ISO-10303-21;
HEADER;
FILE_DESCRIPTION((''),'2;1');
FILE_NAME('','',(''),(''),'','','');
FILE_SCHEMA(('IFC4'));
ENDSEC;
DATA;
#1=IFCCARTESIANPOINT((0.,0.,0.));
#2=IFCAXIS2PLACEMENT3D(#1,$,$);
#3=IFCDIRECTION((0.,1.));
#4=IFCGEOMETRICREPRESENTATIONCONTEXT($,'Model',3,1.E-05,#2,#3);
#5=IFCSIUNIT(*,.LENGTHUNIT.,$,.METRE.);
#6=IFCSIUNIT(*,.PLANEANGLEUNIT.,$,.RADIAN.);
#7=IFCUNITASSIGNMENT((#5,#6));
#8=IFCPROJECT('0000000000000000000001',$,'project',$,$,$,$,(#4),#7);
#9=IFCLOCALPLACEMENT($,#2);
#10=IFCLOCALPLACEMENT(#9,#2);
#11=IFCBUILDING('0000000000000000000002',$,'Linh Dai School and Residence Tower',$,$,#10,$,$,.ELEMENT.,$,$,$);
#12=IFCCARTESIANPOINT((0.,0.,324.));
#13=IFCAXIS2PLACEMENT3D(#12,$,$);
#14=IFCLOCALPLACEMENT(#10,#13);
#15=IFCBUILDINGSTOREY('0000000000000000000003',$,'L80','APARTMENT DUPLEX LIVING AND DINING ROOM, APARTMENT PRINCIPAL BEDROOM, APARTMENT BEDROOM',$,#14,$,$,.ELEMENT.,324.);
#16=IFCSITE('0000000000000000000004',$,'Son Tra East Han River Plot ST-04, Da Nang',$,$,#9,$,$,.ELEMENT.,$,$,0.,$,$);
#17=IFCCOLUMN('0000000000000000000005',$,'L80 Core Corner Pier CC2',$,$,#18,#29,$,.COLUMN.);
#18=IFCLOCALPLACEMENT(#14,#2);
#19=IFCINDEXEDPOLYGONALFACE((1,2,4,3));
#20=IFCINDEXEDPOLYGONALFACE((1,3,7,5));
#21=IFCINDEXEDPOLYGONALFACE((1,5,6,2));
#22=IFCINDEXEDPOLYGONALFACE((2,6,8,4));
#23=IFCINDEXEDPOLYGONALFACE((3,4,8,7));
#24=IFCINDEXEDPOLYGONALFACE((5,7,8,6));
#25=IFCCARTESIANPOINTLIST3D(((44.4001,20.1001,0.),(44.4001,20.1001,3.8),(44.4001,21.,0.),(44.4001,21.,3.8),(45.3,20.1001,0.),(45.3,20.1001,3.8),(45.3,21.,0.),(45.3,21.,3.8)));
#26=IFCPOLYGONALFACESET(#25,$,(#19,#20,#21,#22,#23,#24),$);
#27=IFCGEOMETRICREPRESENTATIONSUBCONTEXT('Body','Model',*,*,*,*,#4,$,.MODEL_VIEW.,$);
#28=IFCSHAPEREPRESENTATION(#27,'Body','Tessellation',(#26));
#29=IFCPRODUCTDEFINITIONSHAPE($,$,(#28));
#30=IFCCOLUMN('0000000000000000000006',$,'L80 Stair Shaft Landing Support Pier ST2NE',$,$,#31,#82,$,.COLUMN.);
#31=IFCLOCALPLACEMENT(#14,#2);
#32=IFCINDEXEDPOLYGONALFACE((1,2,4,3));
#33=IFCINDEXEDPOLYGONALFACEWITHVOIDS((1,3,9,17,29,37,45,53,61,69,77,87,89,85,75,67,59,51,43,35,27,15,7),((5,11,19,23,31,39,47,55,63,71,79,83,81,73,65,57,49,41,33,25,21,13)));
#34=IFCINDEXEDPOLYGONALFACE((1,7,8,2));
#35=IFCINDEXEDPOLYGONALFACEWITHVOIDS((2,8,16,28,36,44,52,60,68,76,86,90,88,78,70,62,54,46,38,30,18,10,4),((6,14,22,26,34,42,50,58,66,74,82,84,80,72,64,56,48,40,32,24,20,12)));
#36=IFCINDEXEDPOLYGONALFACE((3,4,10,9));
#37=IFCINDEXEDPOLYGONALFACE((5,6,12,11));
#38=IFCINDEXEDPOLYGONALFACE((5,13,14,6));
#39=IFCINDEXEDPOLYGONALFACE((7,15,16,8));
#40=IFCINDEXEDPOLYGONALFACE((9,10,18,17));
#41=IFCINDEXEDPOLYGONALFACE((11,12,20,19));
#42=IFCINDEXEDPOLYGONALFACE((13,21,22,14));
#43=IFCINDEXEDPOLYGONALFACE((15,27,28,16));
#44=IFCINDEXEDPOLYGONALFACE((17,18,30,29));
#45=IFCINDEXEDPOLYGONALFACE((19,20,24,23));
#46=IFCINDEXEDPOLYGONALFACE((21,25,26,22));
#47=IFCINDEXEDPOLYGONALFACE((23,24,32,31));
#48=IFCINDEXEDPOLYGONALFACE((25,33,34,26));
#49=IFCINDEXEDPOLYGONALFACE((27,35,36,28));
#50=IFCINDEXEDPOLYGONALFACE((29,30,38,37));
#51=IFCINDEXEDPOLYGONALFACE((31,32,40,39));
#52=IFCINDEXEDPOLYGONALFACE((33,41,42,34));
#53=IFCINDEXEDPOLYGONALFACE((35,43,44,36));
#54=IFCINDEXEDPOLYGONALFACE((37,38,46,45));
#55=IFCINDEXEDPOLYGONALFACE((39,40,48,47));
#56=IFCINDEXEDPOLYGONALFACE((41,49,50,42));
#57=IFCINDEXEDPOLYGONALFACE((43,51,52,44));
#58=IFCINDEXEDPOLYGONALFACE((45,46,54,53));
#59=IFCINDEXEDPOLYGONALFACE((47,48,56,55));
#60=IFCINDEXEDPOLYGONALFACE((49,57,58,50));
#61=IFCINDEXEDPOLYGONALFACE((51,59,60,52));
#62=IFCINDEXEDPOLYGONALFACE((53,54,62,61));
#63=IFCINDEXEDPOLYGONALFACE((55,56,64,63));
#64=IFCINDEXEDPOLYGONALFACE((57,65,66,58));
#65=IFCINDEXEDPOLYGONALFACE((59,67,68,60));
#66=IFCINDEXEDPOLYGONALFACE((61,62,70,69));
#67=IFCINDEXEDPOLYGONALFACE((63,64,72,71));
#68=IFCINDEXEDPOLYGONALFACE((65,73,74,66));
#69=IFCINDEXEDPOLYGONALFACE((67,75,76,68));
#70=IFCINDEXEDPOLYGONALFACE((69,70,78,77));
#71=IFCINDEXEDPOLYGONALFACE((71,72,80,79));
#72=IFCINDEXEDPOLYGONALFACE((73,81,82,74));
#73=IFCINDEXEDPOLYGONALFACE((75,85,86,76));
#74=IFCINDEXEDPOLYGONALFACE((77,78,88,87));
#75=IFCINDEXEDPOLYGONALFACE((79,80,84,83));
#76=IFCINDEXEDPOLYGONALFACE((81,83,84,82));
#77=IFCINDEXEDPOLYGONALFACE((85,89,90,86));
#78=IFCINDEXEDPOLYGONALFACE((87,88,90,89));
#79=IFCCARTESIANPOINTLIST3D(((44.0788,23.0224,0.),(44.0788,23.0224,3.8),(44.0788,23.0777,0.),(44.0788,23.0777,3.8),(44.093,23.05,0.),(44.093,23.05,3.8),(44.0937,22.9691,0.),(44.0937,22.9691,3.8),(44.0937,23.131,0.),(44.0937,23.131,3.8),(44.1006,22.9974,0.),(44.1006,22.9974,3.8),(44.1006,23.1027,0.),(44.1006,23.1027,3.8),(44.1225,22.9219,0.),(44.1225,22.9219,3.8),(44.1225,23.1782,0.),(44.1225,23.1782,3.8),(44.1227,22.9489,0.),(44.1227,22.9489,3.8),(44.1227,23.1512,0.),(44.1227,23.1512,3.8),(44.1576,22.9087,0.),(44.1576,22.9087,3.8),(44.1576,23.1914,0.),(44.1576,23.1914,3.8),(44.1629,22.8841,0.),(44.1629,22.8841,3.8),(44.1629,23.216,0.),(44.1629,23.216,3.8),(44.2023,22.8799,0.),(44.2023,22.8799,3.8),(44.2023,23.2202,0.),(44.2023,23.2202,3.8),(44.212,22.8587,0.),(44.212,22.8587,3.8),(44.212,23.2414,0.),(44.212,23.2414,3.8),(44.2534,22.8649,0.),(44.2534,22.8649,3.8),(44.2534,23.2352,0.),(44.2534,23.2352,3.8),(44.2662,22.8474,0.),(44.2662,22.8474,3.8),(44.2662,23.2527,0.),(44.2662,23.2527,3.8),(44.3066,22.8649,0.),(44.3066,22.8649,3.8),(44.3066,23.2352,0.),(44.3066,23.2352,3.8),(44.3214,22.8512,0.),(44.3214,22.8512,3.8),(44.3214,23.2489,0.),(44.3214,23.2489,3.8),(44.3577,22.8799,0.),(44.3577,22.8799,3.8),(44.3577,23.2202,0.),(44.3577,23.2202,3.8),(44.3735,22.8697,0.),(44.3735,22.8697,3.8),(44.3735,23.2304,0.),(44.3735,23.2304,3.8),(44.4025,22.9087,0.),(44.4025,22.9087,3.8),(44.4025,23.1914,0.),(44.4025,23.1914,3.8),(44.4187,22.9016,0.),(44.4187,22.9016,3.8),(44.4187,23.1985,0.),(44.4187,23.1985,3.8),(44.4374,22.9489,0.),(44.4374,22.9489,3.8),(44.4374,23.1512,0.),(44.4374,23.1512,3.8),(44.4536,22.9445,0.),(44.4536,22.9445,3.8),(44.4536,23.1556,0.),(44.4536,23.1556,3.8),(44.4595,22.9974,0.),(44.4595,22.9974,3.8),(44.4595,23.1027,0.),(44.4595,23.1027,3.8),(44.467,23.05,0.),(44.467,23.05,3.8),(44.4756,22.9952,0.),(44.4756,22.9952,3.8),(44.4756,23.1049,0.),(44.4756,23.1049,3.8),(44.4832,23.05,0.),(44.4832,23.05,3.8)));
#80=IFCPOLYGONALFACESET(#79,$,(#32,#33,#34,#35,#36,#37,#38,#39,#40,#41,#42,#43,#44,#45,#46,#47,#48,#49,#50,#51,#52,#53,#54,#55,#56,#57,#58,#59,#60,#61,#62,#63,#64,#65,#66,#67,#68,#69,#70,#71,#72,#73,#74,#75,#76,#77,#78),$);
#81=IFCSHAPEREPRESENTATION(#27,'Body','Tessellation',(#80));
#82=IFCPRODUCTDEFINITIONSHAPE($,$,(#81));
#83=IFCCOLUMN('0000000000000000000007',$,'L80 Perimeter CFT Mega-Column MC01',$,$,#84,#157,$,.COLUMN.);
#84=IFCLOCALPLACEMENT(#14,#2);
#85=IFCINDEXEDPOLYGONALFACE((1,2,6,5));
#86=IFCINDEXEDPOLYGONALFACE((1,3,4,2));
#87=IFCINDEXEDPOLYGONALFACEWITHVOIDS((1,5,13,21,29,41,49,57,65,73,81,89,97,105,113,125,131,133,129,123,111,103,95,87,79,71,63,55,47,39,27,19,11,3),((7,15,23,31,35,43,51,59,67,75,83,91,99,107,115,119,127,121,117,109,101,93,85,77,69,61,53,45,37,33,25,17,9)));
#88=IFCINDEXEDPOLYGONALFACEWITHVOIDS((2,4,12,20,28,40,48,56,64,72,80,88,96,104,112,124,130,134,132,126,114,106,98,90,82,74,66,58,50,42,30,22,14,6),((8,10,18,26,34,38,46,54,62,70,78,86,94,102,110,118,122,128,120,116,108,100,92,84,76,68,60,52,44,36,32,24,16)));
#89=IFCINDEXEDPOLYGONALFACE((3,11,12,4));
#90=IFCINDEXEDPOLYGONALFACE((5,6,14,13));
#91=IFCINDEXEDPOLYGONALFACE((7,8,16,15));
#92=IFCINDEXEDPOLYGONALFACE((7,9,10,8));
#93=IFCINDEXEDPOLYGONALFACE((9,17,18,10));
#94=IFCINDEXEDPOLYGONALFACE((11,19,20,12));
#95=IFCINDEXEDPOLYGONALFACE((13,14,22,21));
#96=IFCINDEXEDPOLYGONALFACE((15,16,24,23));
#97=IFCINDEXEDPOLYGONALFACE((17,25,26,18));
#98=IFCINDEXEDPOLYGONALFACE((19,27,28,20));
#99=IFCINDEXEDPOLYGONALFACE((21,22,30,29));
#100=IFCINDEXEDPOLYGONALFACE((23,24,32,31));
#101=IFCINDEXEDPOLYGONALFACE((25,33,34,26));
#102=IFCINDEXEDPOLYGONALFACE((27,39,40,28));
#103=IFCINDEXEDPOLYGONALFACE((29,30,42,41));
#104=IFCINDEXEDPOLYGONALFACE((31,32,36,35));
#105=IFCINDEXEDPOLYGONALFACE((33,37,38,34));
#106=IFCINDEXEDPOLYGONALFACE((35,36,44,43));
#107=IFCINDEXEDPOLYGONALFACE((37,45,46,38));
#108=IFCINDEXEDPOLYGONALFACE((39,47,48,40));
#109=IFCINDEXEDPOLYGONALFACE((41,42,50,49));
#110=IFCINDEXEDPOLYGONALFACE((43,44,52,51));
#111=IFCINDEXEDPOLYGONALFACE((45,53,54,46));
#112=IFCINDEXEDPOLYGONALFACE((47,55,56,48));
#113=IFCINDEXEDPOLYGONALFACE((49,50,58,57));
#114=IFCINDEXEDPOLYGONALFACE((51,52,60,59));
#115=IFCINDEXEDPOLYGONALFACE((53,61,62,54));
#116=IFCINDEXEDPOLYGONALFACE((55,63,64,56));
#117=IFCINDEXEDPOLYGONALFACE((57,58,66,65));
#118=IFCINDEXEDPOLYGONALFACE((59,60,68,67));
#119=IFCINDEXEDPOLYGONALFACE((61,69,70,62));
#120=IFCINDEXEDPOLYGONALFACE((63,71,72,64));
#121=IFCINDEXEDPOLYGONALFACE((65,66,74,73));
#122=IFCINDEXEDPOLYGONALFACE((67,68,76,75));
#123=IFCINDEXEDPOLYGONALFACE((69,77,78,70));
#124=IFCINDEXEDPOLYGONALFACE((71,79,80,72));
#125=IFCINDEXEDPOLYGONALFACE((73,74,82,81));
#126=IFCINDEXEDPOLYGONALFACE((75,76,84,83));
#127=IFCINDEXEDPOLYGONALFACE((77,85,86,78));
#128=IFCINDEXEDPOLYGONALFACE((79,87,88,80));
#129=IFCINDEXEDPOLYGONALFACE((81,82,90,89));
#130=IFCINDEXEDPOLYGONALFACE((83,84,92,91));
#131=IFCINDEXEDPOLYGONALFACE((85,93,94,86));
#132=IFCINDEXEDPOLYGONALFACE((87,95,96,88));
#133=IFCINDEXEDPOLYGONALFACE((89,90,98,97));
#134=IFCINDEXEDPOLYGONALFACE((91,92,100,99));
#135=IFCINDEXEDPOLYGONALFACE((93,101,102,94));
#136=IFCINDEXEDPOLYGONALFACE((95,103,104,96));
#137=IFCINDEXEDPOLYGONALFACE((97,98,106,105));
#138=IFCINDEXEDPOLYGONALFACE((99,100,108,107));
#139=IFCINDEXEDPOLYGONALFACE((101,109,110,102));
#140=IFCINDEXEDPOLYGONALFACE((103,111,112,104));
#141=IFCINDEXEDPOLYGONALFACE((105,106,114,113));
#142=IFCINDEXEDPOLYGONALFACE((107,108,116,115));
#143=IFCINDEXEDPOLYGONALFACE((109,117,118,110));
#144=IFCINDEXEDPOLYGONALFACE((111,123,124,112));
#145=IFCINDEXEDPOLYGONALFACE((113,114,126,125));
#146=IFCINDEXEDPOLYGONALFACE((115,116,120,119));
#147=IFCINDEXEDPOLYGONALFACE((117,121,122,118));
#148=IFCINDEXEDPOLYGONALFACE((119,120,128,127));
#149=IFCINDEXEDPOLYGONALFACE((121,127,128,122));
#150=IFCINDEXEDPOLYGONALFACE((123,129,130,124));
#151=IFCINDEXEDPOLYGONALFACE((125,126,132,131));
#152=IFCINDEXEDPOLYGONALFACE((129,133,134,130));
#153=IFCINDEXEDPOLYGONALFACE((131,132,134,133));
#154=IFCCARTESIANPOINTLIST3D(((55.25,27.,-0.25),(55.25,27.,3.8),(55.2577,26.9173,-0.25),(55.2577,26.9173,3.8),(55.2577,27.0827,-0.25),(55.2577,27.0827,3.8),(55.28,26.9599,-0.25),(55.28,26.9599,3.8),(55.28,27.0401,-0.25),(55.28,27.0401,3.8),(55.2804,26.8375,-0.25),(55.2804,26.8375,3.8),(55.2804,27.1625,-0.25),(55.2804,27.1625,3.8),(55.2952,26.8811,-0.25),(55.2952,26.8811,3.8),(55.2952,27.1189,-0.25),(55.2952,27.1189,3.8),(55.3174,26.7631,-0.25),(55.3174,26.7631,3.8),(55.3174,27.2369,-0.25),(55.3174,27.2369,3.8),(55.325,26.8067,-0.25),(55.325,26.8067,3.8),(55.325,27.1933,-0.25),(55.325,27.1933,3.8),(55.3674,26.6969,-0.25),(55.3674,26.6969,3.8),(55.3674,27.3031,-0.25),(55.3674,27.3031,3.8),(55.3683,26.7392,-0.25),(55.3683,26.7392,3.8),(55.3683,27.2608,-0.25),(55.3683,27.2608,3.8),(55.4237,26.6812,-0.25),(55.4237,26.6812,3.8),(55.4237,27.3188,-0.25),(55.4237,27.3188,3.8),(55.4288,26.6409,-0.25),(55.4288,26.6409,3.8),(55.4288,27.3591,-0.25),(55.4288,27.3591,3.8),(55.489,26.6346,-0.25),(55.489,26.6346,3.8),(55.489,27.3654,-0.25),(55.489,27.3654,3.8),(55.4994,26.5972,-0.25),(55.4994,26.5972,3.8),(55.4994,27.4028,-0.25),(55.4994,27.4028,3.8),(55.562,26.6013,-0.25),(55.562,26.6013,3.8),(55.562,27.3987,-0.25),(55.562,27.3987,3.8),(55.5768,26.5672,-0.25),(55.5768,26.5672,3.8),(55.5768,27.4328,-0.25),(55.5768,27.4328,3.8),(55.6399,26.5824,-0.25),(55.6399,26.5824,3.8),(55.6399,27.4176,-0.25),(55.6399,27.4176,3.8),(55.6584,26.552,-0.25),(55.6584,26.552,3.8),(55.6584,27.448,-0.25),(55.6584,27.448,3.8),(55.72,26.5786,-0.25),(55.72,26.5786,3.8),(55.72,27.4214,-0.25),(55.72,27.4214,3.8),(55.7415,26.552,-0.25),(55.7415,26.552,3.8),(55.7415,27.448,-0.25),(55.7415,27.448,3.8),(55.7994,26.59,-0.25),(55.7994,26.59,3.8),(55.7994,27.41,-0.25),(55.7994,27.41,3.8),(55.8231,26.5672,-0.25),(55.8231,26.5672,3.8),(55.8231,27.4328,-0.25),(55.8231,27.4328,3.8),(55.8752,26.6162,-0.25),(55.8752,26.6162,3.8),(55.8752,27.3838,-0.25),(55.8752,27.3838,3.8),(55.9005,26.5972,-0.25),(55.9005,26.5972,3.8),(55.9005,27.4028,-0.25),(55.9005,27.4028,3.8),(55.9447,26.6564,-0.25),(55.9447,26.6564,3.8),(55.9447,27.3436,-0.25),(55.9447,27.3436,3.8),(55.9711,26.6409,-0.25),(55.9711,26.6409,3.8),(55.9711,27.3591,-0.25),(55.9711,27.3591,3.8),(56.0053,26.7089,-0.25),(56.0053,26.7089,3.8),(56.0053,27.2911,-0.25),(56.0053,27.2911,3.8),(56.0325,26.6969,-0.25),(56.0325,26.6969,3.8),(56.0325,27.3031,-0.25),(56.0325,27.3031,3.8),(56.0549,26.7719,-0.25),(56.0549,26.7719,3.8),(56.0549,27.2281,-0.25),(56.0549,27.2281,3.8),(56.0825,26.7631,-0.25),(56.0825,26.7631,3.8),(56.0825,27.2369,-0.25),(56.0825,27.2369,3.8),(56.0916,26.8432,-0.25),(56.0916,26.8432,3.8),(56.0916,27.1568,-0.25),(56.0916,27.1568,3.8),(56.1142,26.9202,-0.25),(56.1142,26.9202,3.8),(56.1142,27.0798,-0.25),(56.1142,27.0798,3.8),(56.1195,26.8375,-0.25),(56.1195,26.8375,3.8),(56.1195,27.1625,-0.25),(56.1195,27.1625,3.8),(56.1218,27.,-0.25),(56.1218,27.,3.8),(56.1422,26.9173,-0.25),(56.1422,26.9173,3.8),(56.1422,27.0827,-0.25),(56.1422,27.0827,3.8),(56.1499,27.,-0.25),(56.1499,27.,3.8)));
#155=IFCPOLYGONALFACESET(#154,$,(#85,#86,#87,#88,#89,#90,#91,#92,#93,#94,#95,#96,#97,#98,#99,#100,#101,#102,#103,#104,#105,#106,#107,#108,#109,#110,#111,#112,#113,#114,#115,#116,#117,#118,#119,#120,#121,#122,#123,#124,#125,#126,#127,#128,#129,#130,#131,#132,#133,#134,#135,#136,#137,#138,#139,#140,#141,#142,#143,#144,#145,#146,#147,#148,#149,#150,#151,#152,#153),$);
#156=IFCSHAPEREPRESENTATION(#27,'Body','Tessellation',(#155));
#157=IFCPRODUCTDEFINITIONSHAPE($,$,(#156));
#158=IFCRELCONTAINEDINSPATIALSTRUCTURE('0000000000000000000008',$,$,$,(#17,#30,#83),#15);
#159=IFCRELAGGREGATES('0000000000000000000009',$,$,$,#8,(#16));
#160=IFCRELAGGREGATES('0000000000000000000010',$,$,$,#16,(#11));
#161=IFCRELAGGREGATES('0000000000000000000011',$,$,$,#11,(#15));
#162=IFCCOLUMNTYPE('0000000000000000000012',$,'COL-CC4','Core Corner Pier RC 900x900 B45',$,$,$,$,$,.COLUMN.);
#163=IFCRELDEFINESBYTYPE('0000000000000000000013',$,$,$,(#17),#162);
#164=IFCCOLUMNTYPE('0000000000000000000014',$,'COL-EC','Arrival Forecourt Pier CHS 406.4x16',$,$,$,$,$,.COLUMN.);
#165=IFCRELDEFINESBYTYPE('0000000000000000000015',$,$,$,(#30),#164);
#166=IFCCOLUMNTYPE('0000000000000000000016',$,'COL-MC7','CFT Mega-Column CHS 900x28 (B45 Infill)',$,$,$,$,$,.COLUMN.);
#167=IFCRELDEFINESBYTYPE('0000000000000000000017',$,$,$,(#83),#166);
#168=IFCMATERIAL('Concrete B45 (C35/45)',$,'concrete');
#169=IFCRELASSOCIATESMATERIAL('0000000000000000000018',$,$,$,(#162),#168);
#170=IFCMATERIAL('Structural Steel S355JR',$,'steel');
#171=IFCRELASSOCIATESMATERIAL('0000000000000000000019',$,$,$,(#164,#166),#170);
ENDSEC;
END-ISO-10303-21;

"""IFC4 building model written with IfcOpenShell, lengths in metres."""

from ifc_helpers import new_model, si_unit, direction, frame, origin, origin_2d, place, context, subcontext, project, spatial, rectangle, hollow_circle, extrude, material, material_profile, profile_set, type_object, element, save


model = new_model("IFC4")

# Units and contexts
model_context = context("Model", 3, precision=1e-05, world=origin(), true_north=direction((0.0, 1.0)))
body_context = subcontext(model_context, "Body", "Model", "MODEL_VIEW")
ifc_project = project(units=[si_unit("LENGTHUNIT", "METRE"), si_unit("PLANEANGLEUNIT", "RADIAN")], contexts=[model_context])

# Site, building, storey
site_placement = place(None, origin())
site = spatial("IfcSite", under=ifc_project, at=site_placement, Name="Son Tra East Han River Plot ST-04, Da Nang", CompositionType="ELEMENT", RefElevation=0.0)
building_placement = place(site_placement, origin())
building = spatial("IfcBuilding", under=site, at=building_placement, Name="Linh Dai School and Residence Tower", CompositionType="ELEMENT")
storey_placement = place(building_placement, frame((0.0, 0.0, 324.0)))
storey = spatial("IfcBuildingStorey", under=building, at=storey_placement, Name="L80", Description="APARTMENT DUPLEX LIVING AND DINING ROOM, APARTMENT PRINCIPAL BEDROOM, APARTMENT BEDROOM", CompositionType="ELEMENT", Elevation=324.0)

# Columns
ifc_material_1 = material(Name="Concrete B45 (C35/45)", Category="concrete")
ifc_material_profile_1 = material_profile(ifc_material_1, rectangle(XDim=0.8999, YDim=0.8999, at=origin_2d()), Name="RC 900x900")
ifc_profile_set_1 = profile_set([ifc_material_profile_1], Name="Concrete B45 (C35/45)")
column_type_1 = type_object("IfcColumnType", Name="COL-CC4", Description="Core Corner Pier RC 900x900 B45", PredefinedType="COLUMN", material=ifc_profile_set_1)
column_1_placement = place(storey_placement, frame((44.8501, 20.55, 0.0), z_axis=(0.0, 0.0, 1.0), x_axis=(1.0, 0.0, 0.0)))
element("IfcColumn", 1, at=column_1_placement, inside=storey, type_object=column_type_1, Name="L80 Core Corner Pier CC2", PredefinedType="COLUMN", context=body_context, shape_type="SweptSolid", body=[
    extrude(rectangle(XDim=0.8999, YDim=0.8999, at=origin_2d()), origin(), (0.0, 0.0, 1.0), 3.8),
])
ifc_material_2 = material(Name="Structural Steel S355JR", Category="steel")
ifc_material_profile_2 = material_profile(ifc_material_2, hollow_circle(Radius=0.2031, WallThickness=0.0161, at=origin_2d()), Name="CHS 406.4x16")
ifc_profile_set_2 = profile_set([ifc_material_profile_2], Name="Structural Steel S355JR")
column_type_2 = type_object("IfcColumnType", Name="COL-EC", Description="Arrival Forecourt Pier CHS 406.4x16", PredefinedType="COLUMN", material=ifc_profile_set_2)
column_2_placement = place(storey_placement, frame((44.28, 23.05, 0.0), z_axis=(0.0, 0.0, 1.0), x_axis=(1.0, 0.0, 0.0)))
element("IfcColumn", 2, at=column_2_placement, inside=storey, type_object=column_type_2, Name="L80 Stair Shaft Landing Support Pier ST2NE", PredefinedType="COLUMN", context=body_context, shape_type="SweptSolid", body=[
    extrude(hollow_circle(Radius=0.2031, WallThickness=0.0161, at=origin_2d()), origin(), (0.0, 0.0, 1.0), 3.8),
])
ifc_material_profile_3 = material_profile(ifc_material_2, hollow_circle(Radius=0.45, WallThickness=0.0281, at=origin_2d()), Name="CHS 900x28")
ifc_profile_set_3 = profile_set([ifc_material_profile_3], Name="Structural Steel S355JR")
column_type_3 = type_object("IfcColumnType", Name="COL-MC7", Description="CFT Mega-Column CHS 900x28 (B45 Infill)", PredefinedType="COLUMN", material=ifc_profile_set_3)
column_3_placement = place(storey_placement, frame((55.7, 27.0, -0.25), z_axis=(0.0, 0.0, 1.0), x_axis=(1.0, 0.0, 0.0)))
element("IfcColumn", 3, at=column_3_placement, inside=storey, type_object=column_type_3, Name="L80 Perimeter CFT Mega-Column MC01", PredefinedType="COLUMN", context=body_context, shape_type="SweptSolid", body=[
    extrude(hollow_circle(Radius=0.45, WallThickness=0.0281, at=origin_2d()), origin(), (0.0, 0.0, 1.0), 4.05),
])

save(model, "model.ifc")
